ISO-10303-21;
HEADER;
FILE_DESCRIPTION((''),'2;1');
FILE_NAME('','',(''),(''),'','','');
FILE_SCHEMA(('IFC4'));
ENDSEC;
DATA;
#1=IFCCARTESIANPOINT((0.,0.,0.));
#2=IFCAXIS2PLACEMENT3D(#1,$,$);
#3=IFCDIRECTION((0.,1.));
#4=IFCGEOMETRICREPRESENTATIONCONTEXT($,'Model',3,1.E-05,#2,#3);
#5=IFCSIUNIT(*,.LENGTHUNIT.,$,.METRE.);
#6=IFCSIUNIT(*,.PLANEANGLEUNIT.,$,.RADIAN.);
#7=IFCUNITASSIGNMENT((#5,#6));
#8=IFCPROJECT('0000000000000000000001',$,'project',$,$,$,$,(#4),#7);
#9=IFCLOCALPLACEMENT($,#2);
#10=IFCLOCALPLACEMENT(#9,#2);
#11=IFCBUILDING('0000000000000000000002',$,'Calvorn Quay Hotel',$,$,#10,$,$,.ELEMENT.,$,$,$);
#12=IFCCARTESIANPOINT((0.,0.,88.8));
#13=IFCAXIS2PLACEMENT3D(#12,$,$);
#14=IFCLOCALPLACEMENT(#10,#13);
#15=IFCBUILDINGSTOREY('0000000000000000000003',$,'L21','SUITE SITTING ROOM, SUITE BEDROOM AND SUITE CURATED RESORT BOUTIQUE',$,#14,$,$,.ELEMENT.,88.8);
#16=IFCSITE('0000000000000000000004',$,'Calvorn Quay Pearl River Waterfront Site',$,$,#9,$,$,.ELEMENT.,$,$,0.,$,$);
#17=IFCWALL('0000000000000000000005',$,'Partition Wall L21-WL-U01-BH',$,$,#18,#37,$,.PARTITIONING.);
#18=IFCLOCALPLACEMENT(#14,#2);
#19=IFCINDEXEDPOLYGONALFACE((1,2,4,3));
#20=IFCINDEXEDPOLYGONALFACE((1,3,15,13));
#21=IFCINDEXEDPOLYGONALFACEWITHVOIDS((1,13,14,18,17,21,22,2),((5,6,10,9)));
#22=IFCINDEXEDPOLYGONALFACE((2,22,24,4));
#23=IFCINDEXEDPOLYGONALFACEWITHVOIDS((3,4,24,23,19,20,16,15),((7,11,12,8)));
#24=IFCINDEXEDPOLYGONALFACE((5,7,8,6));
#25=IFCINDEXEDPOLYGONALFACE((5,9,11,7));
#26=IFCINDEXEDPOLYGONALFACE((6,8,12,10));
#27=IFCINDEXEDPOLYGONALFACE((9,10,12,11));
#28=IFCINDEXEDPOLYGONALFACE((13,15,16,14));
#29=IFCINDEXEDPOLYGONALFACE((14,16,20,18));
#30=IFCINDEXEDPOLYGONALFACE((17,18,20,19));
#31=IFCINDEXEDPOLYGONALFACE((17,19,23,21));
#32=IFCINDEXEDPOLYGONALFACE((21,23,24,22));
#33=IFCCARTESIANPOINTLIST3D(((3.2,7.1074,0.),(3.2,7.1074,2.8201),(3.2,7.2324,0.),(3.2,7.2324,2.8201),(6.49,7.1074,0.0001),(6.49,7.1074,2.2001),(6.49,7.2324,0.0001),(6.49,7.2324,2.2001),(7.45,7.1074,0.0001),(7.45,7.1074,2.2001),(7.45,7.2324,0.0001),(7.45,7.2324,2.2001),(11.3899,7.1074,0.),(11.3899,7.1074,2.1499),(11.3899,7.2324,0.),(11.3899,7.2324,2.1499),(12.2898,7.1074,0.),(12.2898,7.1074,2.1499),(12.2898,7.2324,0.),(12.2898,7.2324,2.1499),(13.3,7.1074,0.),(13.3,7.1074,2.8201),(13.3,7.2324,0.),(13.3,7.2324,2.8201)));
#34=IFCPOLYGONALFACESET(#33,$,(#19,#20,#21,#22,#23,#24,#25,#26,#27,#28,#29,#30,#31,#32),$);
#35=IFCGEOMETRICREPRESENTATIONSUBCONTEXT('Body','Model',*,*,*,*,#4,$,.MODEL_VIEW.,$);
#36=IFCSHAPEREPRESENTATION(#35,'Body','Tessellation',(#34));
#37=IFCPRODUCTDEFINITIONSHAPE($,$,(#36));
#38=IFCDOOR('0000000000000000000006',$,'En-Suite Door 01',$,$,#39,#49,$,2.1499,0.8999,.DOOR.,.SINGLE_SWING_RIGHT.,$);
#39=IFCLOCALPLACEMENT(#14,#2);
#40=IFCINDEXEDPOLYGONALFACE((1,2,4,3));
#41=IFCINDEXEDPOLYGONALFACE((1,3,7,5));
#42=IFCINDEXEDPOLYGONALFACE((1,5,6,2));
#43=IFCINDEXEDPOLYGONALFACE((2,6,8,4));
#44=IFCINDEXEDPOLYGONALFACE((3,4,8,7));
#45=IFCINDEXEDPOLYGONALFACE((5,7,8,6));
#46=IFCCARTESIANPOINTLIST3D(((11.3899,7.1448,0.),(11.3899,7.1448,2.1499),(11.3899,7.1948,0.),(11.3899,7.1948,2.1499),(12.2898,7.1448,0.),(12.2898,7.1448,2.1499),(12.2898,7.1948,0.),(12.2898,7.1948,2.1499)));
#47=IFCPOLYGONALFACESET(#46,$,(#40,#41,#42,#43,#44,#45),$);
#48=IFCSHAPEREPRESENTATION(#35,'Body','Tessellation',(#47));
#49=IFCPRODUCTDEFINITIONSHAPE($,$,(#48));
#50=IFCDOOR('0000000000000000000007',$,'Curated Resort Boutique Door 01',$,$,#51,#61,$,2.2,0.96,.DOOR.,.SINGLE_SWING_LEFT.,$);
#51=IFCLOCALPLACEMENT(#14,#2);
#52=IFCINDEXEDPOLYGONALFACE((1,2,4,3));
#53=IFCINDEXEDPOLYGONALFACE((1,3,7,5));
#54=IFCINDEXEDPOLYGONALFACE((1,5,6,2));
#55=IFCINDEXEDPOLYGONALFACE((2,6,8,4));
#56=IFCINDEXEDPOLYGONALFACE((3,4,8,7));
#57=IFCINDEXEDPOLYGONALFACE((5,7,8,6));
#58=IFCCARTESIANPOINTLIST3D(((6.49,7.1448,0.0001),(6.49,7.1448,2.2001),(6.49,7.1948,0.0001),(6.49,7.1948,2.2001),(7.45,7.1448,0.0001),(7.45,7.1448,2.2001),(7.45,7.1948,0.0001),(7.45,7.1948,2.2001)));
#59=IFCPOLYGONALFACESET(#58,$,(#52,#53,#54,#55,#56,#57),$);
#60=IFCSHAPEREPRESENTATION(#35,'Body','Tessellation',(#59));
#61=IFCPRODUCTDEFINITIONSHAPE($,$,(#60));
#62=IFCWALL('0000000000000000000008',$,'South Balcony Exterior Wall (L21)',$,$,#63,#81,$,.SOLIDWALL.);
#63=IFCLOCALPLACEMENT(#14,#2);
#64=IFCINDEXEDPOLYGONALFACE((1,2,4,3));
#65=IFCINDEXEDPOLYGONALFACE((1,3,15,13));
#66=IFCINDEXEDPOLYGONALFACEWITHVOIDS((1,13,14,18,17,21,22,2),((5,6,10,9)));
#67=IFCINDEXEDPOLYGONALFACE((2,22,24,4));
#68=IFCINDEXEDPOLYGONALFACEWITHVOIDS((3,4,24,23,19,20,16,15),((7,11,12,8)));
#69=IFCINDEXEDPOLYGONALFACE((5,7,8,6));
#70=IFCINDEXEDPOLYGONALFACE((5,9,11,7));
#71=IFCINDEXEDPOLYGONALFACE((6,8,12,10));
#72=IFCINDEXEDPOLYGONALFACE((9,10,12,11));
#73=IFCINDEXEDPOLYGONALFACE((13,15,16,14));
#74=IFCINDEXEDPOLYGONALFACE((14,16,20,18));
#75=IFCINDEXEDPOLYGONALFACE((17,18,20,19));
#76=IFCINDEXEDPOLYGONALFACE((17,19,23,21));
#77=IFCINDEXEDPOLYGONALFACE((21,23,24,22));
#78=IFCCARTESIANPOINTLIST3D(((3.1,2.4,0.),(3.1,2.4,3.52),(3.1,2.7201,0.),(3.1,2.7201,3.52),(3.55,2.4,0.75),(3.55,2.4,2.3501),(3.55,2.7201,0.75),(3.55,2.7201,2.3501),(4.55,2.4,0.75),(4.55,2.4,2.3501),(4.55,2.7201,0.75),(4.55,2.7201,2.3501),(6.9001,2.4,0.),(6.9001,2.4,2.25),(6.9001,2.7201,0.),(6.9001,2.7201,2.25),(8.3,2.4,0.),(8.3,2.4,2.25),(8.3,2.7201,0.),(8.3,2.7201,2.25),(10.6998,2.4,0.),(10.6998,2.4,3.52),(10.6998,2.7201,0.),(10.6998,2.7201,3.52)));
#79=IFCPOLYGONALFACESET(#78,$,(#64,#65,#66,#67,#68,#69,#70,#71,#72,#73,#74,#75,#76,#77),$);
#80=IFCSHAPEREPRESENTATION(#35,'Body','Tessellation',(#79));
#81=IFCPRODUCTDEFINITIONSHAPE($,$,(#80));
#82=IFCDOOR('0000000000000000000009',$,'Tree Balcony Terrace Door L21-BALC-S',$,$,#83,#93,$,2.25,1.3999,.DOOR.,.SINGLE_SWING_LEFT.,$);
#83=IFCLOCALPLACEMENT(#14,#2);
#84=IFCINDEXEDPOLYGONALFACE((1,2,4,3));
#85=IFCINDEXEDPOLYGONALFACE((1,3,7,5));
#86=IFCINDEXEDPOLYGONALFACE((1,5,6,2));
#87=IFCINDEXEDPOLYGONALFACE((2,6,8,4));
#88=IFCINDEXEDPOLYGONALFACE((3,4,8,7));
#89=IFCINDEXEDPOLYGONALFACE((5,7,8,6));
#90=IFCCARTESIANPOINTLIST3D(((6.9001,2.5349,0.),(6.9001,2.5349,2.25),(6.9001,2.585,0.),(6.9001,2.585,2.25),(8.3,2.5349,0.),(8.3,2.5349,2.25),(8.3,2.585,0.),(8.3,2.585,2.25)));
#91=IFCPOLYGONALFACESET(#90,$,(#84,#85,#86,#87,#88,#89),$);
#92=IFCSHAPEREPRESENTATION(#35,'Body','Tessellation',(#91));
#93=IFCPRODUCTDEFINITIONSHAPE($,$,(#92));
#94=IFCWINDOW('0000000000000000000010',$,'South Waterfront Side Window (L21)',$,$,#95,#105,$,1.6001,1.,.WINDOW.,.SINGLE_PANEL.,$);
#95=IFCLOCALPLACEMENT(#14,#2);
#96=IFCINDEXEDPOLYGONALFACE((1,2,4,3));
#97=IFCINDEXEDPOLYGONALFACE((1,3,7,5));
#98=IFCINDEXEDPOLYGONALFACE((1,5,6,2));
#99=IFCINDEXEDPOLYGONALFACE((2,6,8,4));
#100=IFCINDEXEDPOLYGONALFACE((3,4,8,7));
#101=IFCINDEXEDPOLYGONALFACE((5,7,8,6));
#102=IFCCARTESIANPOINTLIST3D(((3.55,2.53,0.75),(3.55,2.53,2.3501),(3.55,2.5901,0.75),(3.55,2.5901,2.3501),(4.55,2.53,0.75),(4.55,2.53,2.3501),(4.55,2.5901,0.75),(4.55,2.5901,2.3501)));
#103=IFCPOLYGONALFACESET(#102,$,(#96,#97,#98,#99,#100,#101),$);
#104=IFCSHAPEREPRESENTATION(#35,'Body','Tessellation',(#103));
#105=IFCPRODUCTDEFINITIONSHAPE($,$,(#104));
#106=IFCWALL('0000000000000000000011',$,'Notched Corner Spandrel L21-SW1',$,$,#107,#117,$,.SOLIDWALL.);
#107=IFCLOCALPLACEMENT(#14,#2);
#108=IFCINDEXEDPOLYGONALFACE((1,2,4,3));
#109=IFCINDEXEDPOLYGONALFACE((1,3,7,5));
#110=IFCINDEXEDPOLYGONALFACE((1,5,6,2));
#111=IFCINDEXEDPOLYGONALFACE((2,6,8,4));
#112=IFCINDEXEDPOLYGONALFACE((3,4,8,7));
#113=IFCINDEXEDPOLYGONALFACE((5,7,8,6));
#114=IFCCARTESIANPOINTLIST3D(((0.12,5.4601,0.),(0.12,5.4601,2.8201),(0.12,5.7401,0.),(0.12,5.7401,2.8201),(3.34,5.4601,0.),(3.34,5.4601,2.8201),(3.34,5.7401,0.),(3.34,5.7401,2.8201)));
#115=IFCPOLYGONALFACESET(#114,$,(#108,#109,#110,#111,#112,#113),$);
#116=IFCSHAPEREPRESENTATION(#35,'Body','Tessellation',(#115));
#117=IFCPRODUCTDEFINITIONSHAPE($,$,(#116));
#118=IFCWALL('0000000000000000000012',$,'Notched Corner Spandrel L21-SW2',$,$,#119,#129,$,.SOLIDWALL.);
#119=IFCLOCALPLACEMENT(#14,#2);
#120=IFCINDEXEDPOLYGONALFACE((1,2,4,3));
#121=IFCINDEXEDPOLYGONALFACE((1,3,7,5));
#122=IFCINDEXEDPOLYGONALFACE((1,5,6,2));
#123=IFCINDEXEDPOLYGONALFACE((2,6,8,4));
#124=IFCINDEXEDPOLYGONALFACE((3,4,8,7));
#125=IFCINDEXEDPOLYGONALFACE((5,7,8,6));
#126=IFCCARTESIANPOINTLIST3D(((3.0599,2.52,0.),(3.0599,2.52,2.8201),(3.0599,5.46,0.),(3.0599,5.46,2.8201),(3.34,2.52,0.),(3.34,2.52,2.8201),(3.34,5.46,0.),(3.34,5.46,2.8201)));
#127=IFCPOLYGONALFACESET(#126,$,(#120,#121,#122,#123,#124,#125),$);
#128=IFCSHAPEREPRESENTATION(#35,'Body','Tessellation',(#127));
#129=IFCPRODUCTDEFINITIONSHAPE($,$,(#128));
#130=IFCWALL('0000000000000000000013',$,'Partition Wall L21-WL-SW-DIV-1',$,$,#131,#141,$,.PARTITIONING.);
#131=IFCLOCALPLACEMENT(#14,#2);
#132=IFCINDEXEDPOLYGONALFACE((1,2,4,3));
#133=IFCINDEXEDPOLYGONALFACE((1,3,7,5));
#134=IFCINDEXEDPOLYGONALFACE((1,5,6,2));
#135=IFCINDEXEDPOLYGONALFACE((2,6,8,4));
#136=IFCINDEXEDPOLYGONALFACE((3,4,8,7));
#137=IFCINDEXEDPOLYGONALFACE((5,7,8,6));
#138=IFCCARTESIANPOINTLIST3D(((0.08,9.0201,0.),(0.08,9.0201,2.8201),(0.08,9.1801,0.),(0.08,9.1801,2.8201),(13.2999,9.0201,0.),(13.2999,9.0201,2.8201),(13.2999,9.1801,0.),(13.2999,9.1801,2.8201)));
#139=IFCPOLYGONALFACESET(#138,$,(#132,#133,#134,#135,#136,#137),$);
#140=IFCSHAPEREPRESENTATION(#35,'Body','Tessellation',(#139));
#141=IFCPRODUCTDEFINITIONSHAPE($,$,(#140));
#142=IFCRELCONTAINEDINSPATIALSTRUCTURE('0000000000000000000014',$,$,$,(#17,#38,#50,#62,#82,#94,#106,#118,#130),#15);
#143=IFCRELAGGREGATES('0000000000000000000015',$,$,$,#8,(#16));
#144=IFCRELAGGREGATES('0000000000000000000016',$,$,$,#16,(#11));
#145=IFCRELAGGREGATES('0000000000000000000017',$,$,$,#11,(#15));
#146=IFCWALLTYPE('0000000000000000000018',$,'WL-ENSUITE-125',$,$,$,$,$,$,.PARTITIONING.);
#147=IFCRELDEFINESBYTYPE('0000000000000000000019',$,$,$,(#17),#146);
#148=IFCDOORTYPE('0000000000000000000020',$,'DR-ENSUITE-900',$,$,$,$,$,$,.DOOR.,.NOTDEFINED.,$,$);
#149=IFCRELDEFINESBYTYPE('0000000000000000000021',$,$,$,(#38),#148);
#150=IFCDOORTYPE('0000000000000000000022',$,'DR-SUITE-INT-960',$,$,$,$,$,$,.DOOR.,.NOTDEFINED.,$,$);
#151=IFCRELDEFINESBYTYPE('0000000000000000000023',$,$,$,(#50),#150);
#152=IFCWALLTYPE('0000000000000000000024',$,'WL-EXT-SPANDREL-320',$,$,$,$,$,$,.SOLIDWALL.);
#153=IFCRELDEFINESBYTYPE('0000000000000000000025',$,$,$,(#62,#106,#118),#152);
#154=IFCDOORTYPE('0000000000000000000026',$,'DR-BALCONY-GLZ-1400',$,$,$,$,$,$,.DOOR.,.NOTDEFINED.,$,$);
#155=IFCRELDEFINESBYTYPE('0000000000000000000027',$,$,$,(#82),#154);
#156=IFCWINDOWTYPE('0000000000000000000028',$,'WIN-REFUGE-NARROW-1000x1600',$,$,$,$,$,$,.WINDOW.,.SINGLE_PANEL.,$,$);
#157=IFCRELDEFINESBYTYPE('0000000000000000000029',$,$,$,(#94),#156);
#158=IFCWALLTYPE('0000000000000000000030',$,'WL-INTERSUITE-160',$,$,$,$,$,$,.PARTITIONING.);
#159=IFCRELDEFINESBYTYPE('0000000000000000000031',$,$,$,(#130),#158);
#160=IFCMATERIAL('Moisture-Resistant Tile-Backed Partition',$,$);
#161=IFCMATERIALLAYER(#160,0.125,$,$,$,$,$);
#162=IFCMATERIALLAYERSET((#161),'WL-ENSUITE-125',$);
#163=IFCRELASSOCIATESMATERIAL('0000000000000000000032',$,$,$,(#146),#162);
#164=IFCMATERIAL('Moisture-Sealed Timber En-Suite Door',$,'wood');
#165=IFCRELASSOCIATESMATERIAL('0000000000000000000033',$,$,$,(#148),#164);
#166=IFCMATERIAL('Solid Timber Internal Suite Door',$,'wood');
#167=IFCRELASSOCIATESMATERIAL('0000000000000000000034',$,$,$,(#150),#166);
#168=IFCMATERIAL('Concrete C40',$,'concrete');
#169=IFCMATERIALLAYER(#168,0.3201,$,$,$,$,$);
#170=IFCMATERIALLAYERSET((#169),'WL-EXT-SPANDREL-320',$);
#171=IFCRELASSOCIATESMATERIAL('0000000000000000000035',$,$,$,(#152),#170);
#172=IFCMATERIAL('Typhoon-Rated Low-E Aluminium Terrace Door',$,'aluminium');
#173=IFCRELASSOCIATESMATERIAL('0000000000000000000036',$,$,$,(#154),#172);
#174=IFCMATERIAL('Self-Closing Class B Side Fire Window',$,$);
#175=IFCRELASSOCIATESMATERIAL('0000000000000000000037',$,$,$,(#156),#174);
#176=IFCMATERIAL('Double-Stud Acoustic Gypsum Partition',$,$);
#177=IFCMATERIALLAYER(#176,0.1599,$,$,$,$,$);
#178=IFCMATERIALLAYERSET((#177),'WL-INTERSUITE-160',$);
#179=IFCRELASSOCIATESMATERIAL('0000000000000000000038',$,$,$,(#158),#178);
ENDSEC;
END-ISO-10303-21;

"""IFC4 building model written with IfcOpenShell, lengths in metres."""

from ifc_helpers import new_model, si_unit, direction, frame, frame_2d, origin, place, context, subcontext, project, spatial, rectangle, extrude, material, layer, layer_set, type_object, element, fill, save


model = new_model("IFC4")

# Units and contexts
model_context = context("Model", 3, precision=1e-05, world=origin(), true_north=direction((0.0, 1.0)))
body_context = subcontext(model_context, "Body", "Model", "MODEL_VIEW")
ifc_project = project(units=[si_unit("LENGTHUNIT", "METRE"), si_unit("PLANEANGLEUNIT", "RADIAN")], contexts=[model_context])

# Site, building, storey
site_placement = place(None, origin())
site = spatial("IfcSite", under=ifc_project, at=site_placement, Name="Calvorn Quay Pearl River Waterfront Site", CompositionType="ELEMENT", RefElevation=0.0)
building_placement = place(site_placement, origin())
building = spatial("IfcBuilding", under=site, at=building_placement, Name="Calvorn Quay Hotel", CompositionType="ELEMENT")
storey_placement = place(building_placement, frame((0.0, 0.0, 88.8)))
storey = spatial("IfcBuildingStorey", under=building, at=storey_placement, Name="L21", Description="SUITE SITTING ROOM, SUITE BEDROOM AND SUITE CURATED RESORT BOUTIQUE", CompositionType="ELEMENT", Elevation=88.8)

# Wall, openings, doors
ifc_material_1 = material(Name="Moisture-Resistant Tile-Backed Partition")
ifc_layer_1 = layer(ifc_material_1, 0.125)
ifc_layer_set_1 = layer_set([ifc_layer_1], Name="WL-ENSUITE-125")
wall_type_1 = type_object("IfcWallType", Name="WL-ENSUITE-125", PredefinedType="PARTITIONING", material=ifc_layer_set_1)
wall_1_placement = place(storey_placement, frame((3.2, 7.1699, 0.0), z_axis=(0.0, 0.0, 1.0), x_axis=(1.0, 0.0, 0.0)))
wall_1 = element("IfcWall", 1, at=wall_1_placement, inside=storey, type_object=wall_type_1, Name="Partition Wall L21-WL-U01-BH", PredefinedType="PARTITIONING", context=body_context, shape_type="SweptSolid", body=[
    extrude(rectangle(XDim=10.1001, YDim=0.125, at=frame_2d((5.05, 0.0))), origin(), (0.0, 0.0, 1.0), 2.8201),
])
opening_1_placement = place(wall_1_placement, frame((3.29, 0.0, 0.0)))
opening_1 = element("IfcOpeningElement", 2, at=opening_1_placement, cuts=wall_1, PredefinedType="OPENING", context=body_context, shape_type="SweptSolid", body=[
    extrude(rectangle(XDim=0.96, YDim=2.2, at=frame_2d((0.48, 1.1001))), frame((0.0, 0.0725, 0.0), z_axis=(0.0, -1.0, 0.0), x_axis=(1.0, 0.0, 0.0)), (0.0, 0.0, 1.0), 0.145),
])
opening_2_placement = place(wall_1_placement, frame((8.1899, 0.0, 0.0)))
opening_2 = element("IfcOpeningElement", 3, at=opening_2_placement, cuts=wall_1, PredefinedType="OPENING", context=body_context, shape_type="SweptSolid", body=[
    extrude(rectangle(XDim=0.8999, YDim=2.1499, at=frame_2d((0.45, 1.075))), frame((0.0, 0.0725, 0.0), z_axis=(0.0, -1.0, 0.0), x_axis=(1.0, 0.0, 0.0)), (0.0, 0.0, 1.0), 0.145),
])
ifc_material_2 = material(Name="Moisture-Sealed Timber En-Suite Door", Category="wood")
door_type_1 = type_object("IfcDoorType", Name="DR-ENSUITE-900", OperationType="NOTDEFINED", PredefinedType="DOOR", material=ifc_material_2)
door_1_placement = place(opening_2_placement, origin())
door_1 = element("IfcDoor", 4, at=door_1_placement, inside=storey, type_object=door_type_1, Name="En-Suite Door 01", OperationType="SINGLE_SWING_RIGHT", OverallHeight=2.1499, OverallWidth=0.8999, PredefinedType="DOOR", context=body_context, shape_type="SweptSolid", body=[
    extrude(rectangle(XDim=0.8999, YDim=2.1499, at=frame_2d((0.45, 1.075))), frame((0.0, 0.0249, 0.0), z_axis=(0.0, -1.0, 0.0), x_axis=(1.0, 0.0, 0.0)), (0.0, 0.0, 1.0), 0.05),
])
fill(opening_2, door_1)
ifc_material_3 = material(Name="Solid Timber Internal Suite Door", Category="wood")
door_type_2 = type_object("IfcDoorType", Name="DR-SUITE-INT-960", OperationType="NOTDEFINED", PredefinedType="DOOR", material=ifc_material_3)
door_2_placement = place(opening_1_placement, origin())
door_2 = element("IfcDoor", 5, at=door_2_placement, inside=storey, type_object=door_type_2, Name="Curated Resort Boutique Door 01", OperationType="SINGLE_SWING_LEFT", OverallHeight=2.2, OverallWidth=0.96, PredefinedType="DOOR", context=body_context, shape_type="SweptSolid", body=[
    extrude(rectangle(XDim=0.96, YDim=2.2, at=frame_2d((0.48, 1.1001))), frame((0.0, 0.0249, 0.0), z_axis=(0.0, -1.0, 0.0), x_axis=(1.0, 0.0, 0.0)), (0.0, 0.0, 1.0), 0.05),
])
fill(opening_1, door_2)

# Wall, openings, door, window
ifc_material_4 = material(Name="Concrete C40", Category="concrete")
ifc_layer_2 = layer(ifc_material_4, 0.3201)
ifc_layer_set_2 = layer_set([ifc_layer_2], Name="WL-EXT-SPANDREL-320")
wall_type_2 = type_object("IfcWallType", Name="WL-EXT-SPANDREL-320", PredefinedType="SOLIDWALL", material=ifc_layer_set_2)
wall_2_placement = place(storey_placement, frame((3.1001, 2.5601, 0.0), z_axis=(0.0, 0.0, 1.0), x_axis=(1.0, 0.0, 0.0)))
wall_2 = element("IfcWall", 6, at=wall_2_placement, inside=storey, type_object=wall_type_2, Name="South Balcony Exterior Wall (L21)", PredefinedType="SOLIDWALL", context=body_context, shape_type="SweptSolid", body=[
    extrude(rectangle(XDim=7.5999, YDim=0.3201, at=frame_2d((3.7998, 0.0))), origin(), (0.0, 0.0, 1.0), 3.52),
])
opening_3_placement = place(wall_2_placement, frame((0.45, 0.0, 0.75)))
opening_3 = element("IfcOpeningElement", 7, at=opening_3_placement, cuts=wall_2, PredefinedType="OPENING", context=body_context, shape_type="SweptSolid", body=[
    extrude(rectangle(XDim=1.0, YDim=1.6001, at=frame_2d((0.5, 0.8))), frame((0.0, 0.1699, 0.0), z_axis=(0.0, -1.0, 0.0), x_axis=(1.0, 0.0, 0.0)), (0.0, 0.0, 1.0), 0.3401),
])
opening_4_placement = place(wall_2_placement, frame((3.8, 0.0, 0.0)))
opening_4 = element("IfcOpeningElement", 8, at=opening_4_placement, cuts=wall_2, PredefinedType="OPENING", context=body_context, shape_type="SweptSolid", body=[
    extrude(rectangle(XDim=1.3999, YDim=2.25, at=frame_2d((0.7, 1.125))), frame((0.0, 0.1699, 0.0), z_axis=(0.0, -1.0, 0.0), x_axis=(1.0, 0.0, 0.0)), (0.0, 0.0, 1.0), 0.3401),
])
ifc_material_5 = material(Name="Typhoon-Rated Low-E Aluminium Terrace Door", Category="aluminium")
door_type_3 = type_object("IfcDoorType", Name="DR-BALCONY-GLZ-1400", OperationType="NOTDEFINED", PredefinedType="DOOR", material=ifc_material_5)
door_3_placement = place(opening_4_placement, origin())
door_3 = element("IfcDoor", 9, at=door_3_placement, inside=storey, type_object=door_type_3, Name="Tree Balcony Terrace Door L21-BALC-S", OperationType="SINGLE_SWING_LEFT", OverallHeight=2.25, OverallWidth=1.3999, PredefinedType="DOOR", context=body_context, shape_type="SweptSolid", body=[
    extrude(rectangle(XDim=1.3999, YDim=2.25, at=frame_2d((0.7, 1.125))), frame((0.0, 0.0249, 0.0), z_axis=(0.0, -1.0, 0.0), x_axis=(1.0, 0.0, 0.0)), (0.0, 0.0, 1.0), 0.05),
])
fill(opening_4, door_3)
ifc_material_6 = material(Name="Self-Closing Class B Side Fire Window")
window_type = type_object("IfcWindowType", Name="WIN-REFUGE-NARROW-1000x1600", PartitioningType="SINGLE_PANEL", PredefinedType="WINDOW", material=ifc_material_6)
window_placement = place(opening_3_placement, origin())
window = element("IfcWindow", 10, at=window_placement, inside=storey, type_object=window_type, Name="South Waterfront Side Window (L21)", OverallHeight=1.6001, OverallWidth=1.0, PartitioningType="SINGLE_PANEL", PredefinedType="WINDOW", context=body_context, shape_type="SweptSolid", body=[
    extrude(rectangle(XDim=1.0, YDim=1.6001, at=frame_2d((0.5, 0.8))), frame((0.0, 0.03, 0.0), z_axis=(0.0, -1.0, 0.0), x_axis=(1.0, 0.0, 0.0)), (0.0, 0.0, 1.0), 0.0601),
])
fill(opening_3, window)

# Walls
wall_3_placement = place(storey_placement, frame((0.1201, 5.6001, 0.0), z_axis=(0.0, 0.0, 1.0), x_axis=(1.0, 0.0, 0.0)))
element("IfcWall", 11, at=wall_3_placement, inside=storey, type_object=wall_type_2, Name="Notched Corner Spandrel L21-SW1", PredefinedType="SOLIDWALL", context=body_context, shape_type="SweptSolid", body=[
    extrude(rectangle(XDim=3.22, YDim=0.28, at=frame_2d((1.6099, 0.0))), origin(), (0.0, 0.0, 1.0), 2.8201),
])
wall_4_placement = place(storey_placement, frame((3.2, 5.46, 0.0), z_axis=(0.0, 0.0, 1.0), x_axis=(0.0, -1.0, 0.0)))
element("IfcWall", 12, at=wall_4_placement, inside=storey, type_object=wall_type_2, Name="Notched Corner Spandrel L21-SW2", PredefinedType="SOLIDWALL", context=body_context, shape_type="SweptSolid", body=[
    extrude(rectangle(XDim=2.9399, YDim=0.28, at=frame_2d((1.47, 0.0))), origin(), (0.0, 0.0, 1.0), 2.8201),
])
ifc_material_7 = material(Name="Double-Stud Acoustic Gypsum Partition")
ifc_layer_3 = layer(ifc_material_7, 0.1599)
ifc_layer_set_3 = layer_set([ifc_layer_3], Name="WL-INTERSUITE-160")
wall_type_3 = type_object("IfcWallType", Name="WL-INTERSUITE-160", PredefinedType="PARTITIONING", material=ifc_layer_set_3)
wall_5_placement = place(storey_placement, frame((0.0801, 9.1001, 0.0), z_axis=(0.0, 0.0, 1.0), x_axis=(1.0, 0.0, 0.0)))
element("IfcWall", 13, at=wall_5_placement, inside=storey, type_object=wall_type_3, Name="Partition Wall L21-WL-SW-DIV-1", PredefinedType="PARTITIONING", context=body_context, shape_type="SweptSolid", body=[
    extrude(rectangle(XDim=13.22, YDim=0.1599, at=frame_2d((6.6099, 0.0))), origin(), (0.0, 0.0, 1.0), 2.8201),
])

save(model, "model.ifc")
